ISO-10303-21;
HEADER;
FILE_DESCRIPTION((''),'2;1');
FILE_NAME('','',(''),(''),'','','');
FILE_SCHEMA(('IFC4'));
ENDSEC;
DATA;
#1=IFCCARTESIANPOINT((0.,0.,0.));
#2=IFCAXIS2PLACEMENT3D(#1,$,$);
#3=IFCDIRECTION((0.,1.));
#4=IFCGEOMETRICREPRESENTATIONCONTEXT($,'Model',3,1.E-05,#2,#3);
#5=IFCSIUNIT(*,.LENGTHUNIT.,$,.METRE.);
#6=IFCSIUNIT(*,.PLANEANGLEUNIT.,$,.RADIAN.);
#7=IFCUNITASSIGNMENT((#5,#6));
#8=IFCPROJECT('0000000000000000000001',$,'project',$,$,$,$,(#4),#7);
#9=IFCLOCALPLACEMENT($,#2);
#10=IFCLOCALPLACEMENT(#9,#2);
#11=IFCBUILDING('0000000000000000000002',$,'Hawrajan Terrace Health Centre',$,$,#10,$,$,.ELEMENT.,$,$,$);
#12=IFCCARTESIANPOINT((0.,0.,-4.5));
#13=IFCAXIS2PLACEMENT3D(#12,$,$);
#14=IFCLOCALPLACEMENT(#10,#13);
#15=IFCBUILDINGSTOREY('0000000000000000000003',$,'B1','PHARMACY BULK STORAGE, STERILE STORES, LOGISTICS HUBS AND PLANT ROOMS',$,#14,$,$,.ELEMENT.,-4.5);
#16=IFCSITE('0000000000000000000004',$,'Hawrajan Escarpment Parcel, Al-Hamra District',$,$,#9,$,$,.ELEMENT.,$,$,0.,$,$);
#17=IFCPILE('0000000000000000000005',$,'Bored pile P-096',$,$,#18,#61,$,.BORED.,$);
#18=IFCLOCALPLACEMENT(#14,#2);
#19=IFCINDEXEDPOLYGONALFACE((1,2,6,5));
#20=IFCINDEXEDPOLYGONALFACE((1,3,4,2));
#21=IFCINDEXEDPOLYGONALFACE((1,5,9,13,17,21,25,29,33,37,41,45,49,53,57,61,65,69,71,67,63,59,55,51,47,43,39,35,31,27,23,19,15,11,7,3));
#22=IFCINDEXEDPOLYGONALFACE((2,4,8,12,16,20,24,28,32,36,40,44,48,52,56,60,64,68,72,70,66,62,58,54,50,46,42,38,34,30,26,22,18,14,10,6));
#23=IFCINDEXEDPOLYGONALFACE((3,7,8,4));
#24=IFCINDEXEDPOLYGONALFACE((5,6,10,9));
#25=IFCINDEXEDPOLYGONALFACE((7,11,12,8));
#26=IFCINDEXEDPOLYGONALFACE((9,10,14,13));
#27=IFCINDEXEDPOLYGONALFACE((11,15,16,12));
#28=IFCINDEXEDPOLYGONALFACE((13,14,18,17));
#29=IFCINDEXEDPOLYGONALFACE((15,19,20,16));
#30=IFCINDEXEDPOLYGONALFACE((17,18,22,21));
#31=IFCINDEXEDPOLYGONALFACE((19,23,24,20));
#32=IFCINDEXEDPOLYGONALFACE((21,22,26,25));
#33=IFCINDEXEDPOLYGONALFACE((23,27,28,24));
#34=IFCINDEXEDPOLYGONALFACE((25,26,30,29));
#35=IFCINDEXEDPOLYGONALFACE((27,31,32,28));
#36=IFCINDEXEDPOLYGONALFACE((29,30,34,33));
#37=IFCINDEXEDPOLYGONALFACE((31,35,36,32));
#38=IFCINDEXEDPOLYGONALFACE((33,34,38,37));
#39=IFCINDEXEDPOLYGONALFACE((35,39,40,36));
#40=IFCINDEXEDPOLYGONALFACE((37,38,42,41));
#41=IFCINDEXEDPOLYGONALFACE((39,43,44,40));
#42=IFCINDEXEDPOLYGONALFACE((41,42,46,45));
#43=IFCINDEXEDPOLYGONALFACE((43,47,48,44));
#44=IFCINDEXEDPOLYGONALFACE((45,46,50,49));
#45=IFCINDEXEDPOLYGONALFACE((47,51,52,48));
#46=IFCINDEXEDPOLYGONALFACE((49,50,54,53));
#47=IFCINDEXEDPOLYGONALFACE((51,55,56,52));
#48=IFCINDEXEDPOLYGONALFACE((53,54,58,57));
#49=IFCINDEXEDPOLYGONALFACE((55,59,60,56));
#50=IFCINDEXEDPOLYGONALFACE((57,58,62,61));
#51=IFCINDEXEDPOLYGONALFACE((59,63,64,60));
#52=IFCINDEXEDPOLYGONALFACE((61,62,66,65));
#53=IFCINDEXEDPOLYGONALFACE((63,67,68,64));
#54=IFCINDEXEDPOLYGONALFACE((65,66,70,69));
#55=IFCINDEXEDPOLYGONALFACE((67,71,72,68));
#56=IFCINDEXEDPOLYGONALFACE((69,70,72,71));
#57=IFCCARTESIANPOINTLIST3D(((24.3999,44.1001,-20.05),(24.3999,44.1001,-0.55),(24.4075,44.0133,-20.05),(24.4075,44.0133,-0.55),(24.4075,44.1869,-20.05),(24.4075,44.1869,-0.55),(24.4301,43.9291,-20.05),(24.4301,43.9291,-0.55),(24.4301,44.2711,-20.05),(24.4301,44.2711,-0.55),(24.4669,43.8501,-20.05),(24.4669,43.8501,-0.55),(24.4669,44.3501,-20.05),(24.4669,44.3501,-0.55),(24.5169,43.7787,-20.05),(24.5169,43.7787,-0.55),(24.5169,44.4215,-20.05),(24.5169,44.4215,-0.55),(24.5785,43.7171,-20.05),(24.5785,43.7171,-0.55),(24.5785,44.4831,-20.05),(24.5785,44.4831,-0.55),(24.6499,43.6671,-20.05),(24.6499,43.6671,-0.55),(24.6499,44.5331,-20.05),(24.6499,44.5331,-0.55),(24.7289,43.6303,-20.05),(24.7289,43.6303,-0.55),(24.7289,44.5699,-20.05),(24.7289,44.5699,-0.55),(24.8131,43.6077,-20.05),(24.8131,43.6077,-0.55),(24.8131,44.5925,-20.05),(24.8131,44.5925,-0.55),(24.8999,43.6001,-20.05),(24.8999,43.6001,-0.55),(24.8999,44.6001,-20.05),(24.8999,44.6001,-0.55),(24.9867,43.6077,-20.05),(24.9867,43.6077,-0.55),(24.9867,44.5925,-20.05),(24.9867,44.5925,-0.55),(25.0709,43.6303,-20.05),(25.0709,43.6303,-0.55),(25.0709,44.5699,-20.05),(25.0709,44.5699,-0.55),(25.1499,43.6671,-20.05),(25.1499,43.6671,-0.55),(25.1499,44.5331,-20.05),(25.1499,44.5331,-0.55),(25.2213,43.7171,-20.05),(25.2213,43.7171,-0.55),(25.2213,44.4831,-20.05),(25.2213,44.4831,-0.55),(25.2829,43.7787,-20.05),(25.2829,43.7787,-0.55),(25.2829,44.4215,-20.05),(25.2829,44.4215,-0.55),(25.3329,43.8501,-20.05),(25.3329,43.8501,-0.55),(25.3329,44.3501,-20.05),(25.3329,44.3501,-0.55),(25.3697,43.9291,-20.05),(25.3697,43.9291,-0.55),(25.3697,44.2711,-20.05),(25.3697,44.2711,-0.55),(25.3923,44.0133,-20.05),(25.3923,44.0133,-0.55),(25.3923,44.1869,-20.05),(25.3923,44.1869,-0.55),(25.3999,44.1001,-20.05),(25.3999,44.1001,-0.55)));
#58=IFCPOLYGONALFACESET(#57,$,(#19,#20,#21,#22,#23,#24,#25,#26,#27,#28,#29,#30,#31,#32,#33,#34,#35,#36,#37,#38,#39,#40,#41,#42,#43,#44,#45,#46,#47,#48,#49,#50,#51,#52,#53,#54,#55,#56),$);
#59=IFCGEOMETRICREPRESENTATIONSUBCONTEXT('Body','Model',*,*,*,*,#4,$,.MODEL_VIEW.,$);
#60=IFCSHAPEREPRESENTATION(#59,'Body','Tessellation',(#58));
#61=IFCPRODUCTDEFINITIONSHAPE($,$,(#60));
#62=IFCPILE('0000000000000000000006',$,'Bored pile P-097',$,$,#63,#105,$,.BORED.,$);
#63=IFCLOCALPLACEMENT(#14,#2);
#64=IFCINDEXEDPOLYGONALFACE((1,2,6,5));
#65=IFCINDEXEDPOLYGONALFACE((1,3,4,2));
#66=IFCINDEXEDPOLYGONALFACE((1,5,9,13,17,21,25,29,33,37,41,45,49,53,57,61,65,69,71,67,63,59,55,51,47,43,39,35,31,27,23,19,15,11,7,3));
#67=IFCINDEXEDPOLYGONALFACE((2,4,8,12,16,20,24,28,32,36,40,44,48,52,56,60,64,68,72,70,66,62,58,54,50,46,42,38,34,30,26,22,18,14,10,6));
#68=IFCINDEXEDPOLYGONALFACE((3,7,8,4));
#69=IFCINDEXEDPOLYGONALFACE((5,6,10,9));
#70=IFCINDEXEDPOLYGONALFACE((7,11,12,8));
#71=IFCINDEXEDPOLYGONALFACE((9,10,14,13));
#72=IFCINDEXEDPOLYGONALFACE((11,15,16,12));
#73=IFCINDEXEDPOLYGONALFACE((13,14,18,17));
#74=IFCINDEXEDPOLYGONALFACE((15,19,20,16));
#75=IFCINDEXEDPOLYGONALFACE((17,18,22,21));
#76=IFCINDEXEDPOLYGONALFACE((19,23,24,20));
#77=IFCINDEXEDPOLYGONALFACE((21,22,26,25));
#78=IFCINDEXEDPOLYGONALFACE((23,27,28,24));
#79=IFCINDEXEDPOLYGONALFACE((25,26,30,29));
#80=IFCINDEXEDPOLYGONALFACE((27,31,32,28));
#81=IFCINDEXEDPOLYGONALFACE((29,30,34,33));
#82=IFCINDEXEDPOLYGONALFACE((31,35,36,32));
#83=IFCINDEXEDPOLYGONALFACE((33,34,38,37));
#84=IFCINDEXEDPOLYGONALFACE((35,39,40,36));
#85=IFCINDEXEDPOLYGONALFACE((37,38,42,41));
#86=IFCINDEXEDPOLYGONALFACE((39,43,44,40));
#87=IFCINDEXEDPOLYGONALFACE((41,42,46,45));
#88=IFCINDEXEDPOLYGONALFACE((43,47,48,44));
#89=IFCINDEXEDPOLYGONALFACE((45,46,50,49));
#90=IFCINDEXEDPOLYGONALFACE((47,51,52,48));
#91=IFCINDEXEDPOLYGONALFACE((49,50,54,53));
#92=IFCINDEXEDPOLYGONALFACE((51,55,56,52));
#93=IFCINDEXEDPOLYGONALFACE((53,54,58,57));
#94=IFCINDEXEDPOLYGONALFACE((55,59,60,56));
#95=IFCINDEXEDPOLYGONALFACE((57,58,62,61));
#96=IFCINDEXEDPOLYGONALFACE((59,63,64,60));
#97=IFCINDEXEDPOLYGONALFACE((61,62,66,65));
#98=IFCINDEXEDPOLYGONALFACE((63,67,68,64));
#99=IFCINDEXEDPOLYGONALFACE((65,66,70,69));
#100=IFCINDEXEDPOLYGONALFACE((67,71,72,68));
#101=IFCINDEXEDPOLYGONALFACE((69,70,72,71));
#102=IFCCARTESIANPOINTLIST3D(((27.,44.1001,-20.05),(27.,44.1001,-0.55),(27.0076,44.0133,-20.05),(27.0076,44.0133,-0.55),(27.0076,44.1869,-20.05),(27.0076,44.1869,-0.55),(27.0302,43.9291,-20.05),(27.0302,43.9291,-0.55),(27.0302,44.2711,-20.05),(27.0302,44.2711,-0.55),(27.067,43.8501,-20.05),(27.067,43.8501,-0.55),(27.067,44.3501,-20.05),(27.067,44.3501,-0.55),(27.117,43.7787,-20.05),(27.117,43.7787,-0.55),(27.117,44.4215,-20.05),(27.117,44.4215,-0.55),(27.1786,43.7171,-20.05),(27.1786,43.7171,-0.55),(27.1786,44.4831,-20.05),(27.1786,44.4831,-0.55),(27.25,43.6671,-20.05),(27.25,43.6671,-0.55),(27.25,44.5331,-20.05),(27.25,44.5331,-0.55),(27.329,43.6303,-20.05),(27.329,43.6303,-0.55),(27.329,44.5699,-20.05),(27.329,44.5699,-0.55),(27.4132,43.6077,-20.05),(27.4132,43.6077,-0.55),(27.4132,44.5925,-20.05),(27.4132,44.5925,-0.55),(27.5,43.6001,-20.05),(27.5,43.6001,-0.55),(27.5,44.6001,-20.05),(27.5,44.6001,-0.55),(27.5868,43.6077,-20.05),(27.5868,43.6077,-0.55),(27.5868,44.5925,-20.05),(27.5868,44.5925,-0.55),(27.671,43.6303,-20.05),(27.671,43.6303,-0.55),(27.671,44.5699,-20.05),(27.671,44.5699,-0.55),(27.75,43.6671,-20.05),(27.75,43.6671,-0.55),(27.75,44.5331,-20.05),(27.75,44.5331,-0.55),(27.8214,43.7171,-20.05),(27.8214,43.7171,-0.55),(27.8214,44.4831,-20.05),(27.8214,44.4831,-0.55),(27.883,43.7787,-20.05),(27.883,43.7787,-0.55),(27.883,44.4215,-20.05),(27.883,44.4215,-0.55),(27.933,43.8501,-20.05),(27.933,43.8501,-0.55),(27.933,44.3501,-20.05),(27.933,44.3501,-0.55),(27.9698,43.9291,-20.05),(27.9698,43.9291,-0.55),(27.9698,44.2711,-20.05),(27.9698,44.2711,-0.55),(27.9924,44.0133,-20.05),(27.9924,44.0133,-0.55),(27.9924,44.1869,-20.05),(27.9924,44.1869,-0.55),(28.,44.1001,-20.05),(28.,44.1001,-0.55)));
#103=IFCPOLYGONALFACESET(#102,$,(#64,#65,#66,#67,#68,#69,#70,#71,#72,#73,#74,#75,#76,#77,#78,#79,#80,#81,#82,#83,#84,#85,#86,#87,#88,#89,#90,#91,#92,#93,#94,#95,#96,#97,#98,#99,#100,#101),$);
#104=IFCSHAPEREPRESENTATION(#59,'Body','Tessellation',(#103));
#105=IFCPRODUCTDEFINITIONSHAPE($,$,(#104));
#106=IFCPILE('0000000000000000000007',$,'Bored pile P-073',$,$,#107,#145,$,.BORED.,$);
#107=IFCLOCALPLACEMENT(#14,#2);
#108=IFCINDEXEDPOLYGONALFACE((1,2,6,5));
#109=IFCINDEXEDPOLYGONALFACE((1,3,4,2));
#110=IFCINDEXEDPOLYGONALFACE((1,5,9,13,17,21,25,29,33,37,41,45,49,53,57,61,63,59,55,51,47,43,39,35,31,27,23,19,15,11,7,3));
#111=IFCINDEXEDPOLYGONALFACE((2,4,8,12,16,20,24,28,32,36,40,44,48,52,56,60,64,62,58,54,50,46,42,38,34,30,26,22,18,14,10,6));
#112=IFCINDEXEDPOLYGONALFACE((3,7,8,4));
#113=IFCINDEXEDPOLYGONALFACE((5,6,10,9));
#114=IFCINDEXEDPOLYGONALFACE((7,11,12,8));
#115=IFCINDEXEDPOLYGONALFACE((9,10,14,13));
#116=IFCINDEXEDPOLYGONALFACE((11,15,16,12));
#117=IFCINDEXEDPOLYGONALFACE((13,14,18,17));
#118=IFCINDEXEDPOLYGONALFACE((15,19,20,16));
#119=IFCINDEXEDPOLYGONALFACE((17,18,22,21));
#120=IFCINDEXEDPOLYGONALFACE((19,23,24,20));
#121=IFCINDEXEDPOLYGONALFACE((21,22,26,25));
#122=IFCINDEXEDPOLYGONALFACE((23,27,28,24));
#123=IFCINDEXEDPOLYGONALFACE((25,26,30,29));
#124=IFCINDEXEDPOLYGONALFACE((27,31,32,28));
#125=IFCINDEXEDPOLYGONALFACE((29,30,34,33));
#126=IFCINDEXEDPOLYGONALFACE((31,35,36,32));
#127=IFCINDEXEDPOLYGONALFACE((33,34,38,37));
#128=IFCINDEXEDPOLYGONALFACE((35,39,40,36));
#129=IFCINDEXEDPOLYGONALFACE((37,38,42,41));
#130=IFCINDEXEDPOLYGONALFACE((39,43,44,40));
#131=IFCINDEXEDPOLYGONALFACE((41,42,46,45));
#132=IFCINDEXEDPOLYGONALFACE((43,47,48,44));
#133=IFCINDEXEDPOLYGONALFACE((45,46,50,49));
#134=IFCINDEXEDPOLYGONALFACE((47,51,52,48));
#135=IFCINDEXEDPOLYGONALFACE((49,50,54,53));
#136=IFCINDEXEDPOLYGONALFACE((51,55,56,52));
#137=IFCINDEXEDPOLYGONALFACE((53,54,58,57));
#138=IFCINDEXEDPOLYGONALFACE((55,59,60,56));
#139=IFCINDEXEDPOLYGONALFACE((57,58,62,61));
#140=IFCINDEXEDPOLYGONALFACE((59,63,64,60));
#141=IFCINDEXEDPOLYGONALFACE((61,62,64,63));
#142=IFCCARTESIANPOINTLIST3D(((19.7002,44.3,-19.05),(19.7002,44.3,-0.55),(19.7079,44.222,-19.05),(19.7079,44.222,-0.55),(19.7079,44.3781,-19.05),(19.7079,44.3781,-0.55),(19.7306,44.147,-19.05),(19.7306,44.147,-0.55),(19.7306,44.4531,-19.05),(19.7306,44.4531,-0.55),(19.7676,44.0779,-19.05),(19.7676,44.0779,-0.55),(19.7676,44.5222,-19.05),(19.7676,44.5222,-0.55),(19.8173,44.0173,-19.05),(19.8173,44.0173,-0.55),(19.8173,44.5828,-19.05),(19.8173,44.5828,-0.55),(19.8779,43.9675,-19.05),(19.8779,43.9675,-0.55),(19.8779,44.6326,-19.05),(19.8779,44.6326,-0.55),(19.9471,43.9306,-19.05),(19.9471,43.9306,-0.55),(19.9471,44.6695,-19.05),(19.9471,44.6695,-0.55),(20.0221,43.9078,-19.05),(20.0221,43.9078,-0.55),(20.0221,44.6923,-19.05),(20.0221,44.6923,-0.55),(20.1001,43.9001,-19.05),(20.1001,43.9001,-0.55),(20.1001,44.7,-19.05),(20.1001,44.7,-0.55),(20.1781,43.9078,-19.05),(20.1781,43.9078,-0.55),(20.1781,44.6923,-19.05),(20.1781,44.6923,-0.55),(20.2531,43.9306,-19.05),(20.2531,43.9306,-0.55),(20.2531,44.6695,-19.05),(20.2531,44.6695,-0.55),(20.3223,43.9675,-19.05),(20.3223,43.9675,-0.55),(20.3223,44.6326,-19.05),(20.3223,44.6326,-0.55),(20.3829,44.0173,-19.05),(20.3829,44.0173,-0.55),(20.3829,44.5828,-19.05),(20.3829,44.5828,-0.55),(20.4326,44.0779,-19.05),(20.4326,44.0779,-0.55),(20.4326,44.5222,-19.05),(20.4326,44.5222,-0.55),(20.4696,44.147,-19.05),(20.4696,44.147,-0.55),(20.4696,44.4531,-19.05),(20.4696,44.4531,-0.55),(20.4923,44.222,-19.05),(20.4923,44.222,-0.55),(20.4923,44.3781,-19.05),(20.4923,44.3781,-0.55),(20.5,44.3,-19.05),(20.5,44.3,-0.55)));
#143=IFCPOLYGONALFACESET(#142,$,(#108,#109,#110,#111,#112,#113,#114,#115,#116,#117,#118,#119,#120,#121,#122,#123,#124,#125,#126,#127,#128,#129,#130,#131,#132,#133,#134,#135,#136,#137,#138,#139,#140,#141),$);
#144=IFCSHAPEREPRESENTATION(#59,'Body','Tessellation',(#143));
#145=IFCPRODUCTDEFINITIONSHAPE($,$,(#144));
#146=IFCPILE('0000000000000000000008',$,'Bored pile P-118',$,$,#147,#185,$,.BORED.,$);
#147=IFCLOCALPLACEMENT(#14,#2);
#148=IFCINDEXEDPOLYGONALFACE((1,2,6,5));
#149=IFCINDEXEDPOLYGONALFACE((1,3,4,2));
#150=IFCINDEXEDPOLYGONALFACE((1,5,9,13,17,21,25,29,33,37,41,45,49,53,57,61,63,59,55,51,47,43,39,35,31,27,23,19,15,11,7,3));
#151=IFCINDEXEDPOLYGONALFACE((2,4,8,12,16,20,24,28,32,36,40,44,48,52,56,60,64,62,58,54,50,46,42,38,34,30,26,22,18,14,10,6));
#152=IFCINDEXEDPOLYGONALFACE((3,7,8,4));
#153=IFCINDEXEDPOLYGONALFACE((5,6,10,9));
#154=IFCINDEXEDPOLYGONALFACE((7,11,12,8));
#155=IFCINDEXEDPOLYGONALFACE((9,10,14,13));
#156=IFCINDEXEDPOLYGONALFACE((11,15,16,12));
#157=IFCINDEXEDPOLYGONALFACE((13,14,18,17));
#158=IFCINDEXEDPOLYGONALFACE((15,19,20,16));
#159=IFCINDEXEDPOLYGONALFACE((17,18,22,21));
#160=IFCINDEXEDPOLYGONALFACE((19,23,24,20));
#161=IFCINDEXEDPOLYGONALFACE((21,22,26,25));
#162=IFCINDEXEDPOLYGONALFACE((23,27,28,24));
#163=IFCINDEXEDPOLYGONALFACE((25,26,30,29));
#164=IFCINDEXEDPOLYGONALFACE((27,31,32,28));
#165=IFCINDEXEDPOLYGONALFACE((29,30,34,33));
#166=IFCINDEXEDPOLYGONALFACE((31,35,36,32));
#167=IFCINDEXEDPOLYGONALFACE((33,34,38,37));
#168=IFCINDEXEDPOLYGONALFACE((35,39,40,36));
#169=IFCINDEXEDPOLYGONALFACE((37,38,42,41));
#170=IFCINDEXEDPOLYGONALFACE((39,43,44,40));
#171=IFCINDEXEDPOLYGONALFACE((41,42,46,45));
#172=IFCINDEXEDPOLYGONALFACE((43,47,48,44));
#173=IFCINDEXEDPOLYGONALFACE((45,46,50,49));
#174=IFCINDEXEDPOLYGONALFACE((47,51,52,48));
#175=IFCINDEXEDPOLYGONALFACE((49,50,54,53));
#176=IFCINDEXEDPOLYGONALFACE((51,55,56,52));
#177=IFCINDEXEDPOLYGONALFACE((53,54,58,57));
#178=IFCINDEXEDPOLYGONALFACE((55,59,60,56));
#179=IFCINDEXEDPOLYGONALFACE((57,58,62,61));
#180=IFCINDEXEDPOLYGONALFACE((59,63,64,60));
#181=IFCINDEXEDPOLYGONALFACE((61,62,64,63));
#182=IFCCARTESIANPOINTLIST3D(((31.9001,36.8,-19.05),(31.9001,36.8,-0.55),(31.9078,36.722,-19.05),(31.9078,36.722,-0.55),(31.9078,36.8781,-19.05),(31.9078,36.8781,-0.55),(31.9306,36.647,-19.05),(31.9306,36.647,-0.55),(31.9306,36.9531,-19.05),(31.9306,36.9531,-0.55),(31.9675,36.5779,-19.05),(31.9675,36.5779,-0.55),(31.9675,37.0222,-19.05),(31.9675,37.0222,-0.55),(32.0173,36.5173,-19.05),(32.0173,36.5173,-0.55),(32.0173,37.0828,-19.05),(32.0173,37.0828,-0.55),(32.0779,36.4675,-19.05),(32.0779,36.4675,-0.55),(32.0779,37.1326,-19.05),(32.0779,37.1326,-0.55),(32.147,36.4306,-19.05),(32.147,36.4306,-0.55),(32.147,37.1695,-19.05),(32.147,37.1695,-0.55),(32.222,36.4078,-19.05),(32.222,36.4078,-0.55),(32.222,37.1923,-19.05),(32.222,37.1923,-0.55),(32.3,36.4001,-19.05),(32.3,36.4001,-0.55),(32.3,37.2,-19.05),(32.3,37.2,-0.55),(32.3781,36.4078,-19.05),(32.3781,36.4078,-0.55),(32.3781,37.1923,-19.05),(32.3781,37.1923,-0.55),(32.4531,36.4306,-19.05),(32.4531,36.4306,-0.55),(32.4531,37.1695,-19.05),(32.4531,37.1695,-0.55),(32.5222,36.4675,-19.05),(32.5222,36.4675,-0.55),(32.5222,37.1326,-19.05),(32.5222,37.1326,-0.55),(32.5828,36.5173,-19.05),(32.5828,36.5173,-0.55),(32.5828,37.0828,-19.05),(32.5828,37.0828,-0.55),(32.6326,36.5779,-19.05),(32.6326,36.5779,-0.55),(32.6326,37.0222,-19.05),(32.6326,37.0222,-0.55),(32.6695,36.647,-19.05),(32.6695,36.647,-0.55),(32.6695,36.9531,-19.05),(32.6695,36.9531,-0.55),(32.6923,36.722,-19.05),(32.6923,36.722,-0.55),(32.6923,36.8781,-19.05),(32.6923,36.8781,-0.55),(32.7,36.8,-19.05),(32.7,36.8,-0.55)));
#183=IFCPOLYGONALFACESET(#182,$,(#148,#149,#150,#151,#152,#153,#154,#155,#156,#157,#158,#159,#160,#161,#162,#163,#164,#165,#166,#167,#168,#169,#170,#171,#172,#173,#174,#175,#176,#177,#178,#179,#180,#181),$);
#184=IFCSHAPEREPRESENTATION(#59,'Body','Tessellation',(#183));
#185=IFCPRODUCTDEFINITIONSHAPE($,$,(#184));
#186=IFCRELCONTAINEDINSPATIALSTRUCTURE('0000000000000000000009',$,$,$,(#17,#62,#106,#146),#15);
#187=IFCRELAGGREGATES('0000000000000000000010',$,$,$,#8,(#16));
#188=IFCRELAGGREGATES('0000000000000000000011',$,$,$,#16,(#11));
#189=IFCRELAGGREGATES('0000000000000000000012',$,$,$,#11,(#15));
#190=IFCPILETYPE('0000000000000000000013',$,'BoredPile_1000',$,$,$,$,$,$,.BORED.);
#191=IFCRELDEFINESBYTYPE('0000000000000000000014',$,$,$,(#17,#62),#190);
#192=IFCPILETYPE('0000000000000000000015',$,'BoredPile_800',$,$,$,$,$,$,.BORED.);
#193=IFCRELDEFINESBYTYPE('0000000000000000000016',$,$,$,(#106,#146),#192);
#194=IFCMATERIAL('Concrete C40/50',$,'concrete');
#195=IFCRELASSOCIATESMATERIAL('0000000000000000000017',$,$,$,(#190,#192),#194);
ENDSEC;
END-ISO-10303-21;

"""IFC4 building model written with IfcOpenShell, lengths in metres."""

from ifc_helpers import new_model, si_unit, direction, frame, origin, origin_2d, place, context, subcontext, project, spatial, circle, extrude, material, material_profile, profile_set, type_object, element, save


model = new_model("IFC4")

# Units and contexts
model_context = context("Model", 3, precision=1e-05, world=origin(), true_north=direction((0.0, 1.0)))
body_context = subcontext(model_context, "Body", "Model", "MODEL_VIEW")
ifc_project = project(units=[si_unit("LENGTHUNIT", "METRE"), si_unit("PLANEANGLEUNIT", "RADIAN")], contexts=[model_context])

# Site, building, storey
site_placement = place(None, origin())
site = spatial("IfcSite", under=ifc_project, at=site_placement, Name="Hawrajan Escarpment Parcel, Al-Hamra District", CompositionType="ELEMENT", RefElevation=0.0)
building_placement = place(site_placement, origin())
building = spatial("IfcBuilding", under=site, at=building_placement, Name="Hawrajan Terrace Health Centre", CompositionType="ELEMENT")
storey_placement = place(building_placement, frame((0.0, 0.0, -4.5)))
storey = spatial("IfcBuildingStorey", under=building, at=storey_placement, Name="B1", Description="PHARMACY BULK STORAGE, STERILE STORES, LOGISTICS HUBS AND PLANT ROOMS", CompositionType="ELEMENT", Elevation=-4.5)

# Piles
ifc_material_1 = material(Name="Concrete C40/50", Category="concrete")
ifc_material_profile_1 = material_profile(ifc_material_1, circle(Radius=0.5, at=origin_2d()), Name="BP 1000")
ifc_profile_set_1 = profile_set([ifc_material_profile_1], Name="Concrete C40/50")
pile_type_1 = type_object("IfcPileType", Name="BoredPile_1000", PredefinedType="BORED", material=ifc_profile_set_1)
for number, where, z_axis, x_axis, name in (
    (1, (24.8999, 44.1001, -0.55), (0.0, 0.0, -1.0), (1.0, 0.0, 0.0), "Bored pile P-096"),
    (2, (27.5, 44.1001, -0.55), (0.0, 0.0, -1.0), (1.0, 0.0, 0.0), "Bored pile P-097"),
):
    element("IfcPile", number, at=place(storey_placement, frame(where, z_axis=z_axis, x_axis=x_axis)), inside=storey, type_object=pile_type_1, Name=name, PredefinedType="BORED", context=body_context, shape_type="SweptSolid", body=[
        extrude(circle(Radius=0.5, at=origin_2d()), origin(), (0.0, 0.0, 1.0), 19.5),
    ])
ifc_material_profile_2 = material_profile(ifc_material_1, circle(Radius=0.3999, at=origin_2d()), Name="BP 800")
ifc_profile_set_2 = profile_set([ifc_material_profile_2], Name="Concrete C40/50")
pile_type_2 = type_object("IfcPileType", Name="BoredPile_800", PredefinedType="BORED", material=ifc_profile_set_2)
for number, where, z_axis, x_axis, name in (
    (3, (20.1001, 44.3, -0.55), (0.0, 0.0, -1.0), (1.0, 0.0, 0.0), "Bored pile P-073"),
    (4, (32.3, 36.8, -0.55), (0.0, 0.0, -1.0), (1.0, 0.0, 0.0), "Bored pile P-118"),
):
    element("IfcPile", number, at=place(storey_placement, frame(where, z_axis=z_axis, x_axis=x_axis)), inside=storey, type_object=pile_type_2, Name=name, PredefinedType="BORED", context=body_context, shape_type="SweptSolid", body=[
        extrude(circle(Radius=0.3999, at=origin_2d()), origin(), (0.0, 0.0, 1.0), 18.5),
    ])

save(model, "model.ifc")
